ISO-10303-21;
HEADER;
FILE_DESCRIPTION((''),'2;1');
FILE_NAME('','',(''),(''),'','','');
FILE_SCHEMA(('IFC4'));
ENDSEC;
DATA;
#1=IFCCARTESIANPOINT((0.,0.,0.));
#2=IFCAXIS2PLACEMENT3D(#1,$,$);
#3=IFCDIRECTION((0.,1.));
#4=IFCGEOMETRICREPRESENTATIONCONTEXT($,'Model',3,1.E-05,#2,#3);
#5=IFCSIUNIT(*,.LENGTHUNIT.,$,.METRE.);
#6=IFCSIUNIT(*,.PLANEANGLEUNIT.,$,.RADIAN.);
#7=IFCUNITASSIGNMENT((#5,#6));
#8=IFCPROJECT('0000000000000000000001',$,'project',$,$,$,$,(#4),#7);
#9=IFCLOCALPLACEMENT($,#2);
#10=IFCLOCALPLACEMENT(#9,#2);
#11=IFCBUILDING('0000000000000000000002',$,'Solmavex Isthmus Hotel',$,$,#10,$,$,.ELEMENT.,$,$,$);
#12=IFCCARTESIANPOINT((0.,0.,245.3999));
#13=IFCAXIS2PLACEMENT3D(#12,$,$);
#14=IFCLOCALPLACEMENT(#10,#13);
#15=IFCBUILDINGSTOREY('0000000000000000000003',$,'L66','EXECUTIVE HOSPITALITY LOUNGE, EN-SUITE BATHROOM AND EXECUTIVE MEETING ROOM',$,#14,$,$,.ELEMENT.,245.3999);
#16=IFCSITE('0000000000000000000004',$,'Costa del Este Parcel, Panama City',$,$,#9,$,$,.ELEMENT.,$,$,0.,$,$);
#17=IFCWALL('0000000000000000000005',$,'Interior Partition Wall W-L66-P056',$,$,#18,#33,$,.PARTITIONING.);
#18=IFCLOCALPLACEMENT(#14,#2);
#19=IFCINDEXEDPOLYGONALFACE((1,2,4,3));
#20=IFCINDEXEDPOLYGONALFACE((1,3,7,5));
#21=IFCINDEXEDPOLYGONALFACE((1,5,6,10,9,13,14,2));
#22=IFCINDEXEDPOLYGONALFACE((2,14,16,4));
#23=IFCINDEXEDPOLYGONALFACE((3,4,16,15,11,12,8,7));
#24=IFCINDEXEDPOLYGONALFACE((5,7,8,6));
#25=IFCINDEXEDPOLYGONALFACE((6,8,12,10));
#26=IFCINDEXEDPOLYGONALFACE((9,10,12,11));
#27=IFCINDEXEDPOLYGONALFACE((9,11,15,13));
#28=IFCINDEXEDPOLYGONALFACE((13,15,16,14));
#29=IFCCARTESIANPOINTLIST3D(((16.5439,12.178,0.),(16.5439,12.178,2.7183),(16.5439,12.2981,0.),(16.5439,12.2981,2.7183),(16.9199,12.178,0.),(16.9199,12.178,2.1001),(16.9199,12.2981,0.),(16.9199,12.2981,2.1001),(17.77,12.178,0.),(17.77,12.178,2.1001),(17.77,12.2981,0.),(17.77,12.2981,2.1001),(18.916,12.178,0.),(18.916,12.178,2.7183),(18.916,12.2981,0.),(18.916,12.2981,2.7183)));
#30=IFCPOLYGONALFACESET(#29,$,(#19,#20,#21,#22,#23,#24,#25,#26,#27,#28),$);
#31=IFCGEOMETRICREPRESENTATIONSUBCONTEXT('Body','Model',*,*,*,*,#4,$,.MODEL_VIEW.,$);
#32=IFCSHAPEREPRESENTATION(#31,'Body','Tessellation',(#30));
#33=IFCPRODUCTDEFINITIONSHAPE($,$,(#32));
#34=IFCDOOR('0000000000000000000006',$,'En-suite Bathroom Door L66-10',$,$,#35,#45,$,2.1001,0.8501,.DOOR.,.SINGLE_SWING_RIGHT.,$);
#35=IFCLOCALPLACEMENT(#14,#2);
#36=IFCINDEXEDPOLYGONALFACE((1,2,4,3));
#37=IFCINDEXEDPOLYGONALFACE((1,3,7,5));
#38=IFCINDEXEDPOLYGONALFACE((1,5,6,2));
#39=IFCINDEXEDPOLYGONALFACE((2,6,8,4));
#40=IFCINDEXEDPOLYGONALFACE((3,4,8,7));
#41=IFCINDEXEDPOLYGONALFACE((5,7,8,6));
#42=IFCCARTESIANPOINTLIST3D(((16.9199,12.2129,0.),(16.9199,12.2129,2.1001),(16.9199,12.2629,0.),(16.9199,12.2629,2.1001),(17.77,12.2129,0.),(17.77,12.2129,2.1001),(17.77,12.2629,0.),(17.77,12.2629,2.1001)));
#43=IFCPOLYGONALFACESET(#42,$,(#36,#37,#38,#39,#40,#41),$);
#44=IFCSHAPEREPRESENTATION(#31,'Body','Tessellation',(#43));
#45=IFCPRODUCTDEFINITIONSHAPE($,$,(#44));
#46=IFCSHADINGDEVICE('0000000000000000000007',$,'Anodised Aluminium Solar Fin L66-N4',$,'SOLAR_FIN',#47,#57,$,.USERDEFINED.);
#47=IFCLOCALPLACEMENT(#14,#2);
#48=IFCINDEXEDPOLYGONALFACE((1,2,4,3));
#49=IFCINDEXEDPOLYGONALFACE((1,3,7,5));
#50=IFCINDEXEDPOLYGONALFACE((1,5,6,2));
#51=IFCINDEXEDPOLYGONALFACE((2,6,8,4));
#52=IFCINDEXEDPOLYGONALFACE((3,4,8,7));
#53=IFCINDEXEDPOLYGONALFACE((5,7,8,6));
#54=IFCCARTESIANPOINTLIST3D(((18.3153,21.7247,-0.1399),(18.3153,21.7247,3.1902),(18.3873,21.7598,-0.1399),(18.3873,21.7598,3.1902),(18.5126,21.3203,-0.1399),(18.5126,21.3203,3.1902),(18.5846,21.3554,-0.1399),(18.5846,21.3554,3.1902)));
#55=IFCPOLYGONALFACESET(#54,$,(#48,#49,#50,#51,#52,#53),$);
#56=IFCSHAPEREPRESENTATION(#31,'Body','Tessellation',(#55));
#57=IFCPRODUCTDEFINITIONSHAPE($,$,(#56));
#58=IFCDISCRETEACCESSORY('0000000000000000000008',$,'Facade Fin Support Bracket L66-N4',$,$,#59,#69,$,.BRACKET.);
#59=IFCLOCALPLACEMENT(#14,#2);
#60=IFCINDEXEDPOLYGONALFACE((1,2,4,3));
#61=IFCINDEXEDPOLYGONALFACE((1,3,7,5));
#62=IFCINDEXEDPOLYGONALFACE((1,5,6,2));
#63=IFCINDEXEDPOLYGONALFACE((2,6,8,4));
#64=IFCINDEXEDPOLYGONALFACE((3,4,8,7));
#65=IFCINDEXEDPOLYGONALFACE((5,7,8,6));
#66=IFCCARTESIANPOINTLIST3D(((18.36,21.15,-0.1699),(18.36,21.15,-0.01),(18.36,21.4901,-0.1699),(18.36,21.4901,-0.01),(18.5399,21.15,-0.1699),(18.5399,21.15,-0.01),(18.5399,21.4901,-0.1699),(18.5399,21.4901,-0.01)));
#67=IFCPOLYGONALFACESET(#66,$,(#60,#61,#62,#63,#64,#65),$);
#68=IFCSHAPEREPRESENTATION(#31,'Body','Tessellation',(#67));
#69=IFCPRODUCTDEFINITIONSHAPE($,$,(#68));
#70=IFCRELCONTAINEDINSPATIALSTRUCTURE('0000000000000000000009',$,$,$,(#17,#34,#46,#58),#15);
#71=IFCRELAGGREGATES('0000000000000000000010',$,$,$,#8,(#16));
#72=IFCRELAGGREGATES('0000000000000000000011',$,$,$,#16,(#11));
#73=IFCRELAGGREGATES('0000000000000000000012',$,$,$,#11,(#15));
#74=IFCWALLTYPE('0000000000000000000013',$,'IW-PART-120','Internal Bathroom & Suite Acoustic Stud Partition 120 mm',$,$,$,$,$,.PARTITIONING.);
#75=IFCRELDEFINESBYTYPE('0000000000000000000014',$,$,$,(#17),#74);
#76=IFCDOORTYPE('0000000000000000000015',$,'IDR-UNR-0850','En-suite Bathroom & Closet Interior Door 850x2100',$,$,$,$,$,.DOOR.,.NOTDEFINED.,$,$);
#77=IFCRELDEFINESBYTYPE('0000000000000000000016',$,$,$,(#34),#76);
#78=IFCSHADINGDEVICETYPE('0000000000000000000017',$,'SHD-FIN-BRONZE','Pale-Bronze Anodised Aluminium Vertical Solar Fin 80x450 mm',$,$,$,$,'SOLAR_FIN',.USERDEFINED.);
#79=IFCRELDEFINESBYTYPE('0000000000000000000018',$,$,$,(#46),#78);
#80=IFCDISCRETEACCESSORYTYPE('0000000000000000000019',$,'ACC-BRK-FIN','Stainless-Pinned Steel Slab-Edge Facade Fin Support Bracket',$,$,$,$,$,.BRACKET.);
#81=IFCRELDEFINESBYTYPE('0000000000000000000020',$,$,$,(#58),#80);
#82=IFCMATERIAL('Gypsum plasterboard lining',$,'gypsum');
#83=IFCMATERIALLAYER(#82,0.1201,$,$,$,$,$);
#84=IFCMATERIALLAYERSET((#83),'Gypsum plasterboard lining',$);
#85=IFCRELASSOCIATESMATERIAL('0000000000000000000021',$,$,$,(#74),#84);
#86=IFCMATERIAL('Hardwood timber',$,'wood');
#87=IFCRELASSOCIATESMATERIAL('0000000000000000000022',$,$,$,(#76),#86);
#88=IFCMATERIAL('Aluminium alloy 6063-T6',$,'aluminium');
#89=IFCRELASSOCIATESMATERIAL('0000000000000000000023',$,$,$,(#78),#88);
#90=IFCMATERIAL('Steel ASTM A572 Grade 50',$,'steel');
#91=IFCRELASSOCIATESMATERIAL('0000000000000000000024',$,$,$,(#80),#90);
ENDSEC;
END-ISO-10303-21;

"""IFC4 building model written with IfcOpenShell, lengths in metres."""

from ifc_helpers import new_model, si_unit, direction, frame, frame_2d, origin, origin_2d, place, context, subcontext, project, spatial, rectangle, extrude, material, layer, layer_set, type_object, element, fill, save


model = new_model("IFC4")

# Units and contexts
model_context = context("Model", 3, precision=1e-05, world=origin(), true_north=direction((0.0, 1.0)))
body_context = subcontext(model_context, "Body", "Model", "MODEL_VIEW")
ifc_project = project(units=[si_unit("LENGTHUNIT", "METRE"), si_unit("PLANEANGLEUNIT", "RADIAN")], contexts=[model_context])

# Site, building, storey
site_placement = place(None, origin())
site = spatial("IfcSite", under=ifc_project, at=site_placement, Name="Costa del Este Parcel, Panama City", CompositionType="ELEMENT", RefElevation=0.0)
building_placement = place(site_placement, origin())
building = spatial("IfcBuilding", under=site, at=building_placement, Name="Solmavex Isthmus Hotel", CompositionType="ELEMENT")
storey_placement = place(building_placement, frame((0.0, 0.0, 245.3999)))
storey = spatial("IfcBuildingStorey", under=building, at=storey_placement, Name="L66", Description="EXECUTIVE HOSPITALITY LOUNGE, EN-SUITE BATHROOM AND EXECUTIVE MEETING ROOM", CompositionType="ELEMENT", Elevation=245.3999)

# Shared definitions
ifc_material_1 = material(Name="Steel ASTM A572 Grade 50", Category="steel")

# Shared definitions
ifc_material_2 = material(Name="Aluminium alloy 6063-T6", Category="aluminium")

# Shared definitions
ifc_material_3 = material(Name="Gypsum plasterboard lining", Category="gypsum")

# Shared definitions
ifc_material_4 = material(Name="Hardwood timber", Category="wood")

# Shared definitions
ifc_layer_1 = layer(ifc_material_3, 0.1201)
ifc_layer_set_1 = layer_set([ifc_layer_1], Name="Gypsum plasterboard lining")
wall_type_1 = type_object("IfcWallType", Name="IW-PART-120", Description="Internal Bathroom & Suite Acoustic Stud Partition 120 mm", PredefinedType="PARTITIONING", material=ifc_layer_set_1)

# Wall, opening, door
wall_1_placement = place(storey_placement, frame((18.916, 12.238, 0.0), z_axis=(0.0, 0.0, 1.0), x_axis=(-1.0, 0.0, 0.0)))
wall_1 = element("IfcWall", 1, at=wall_1_placement, inside=storey, type_object=wall_type_1, Name="Interior Partition Wall W-L66-P056", PredefinedType="PARTITIONING", context=body_context, shape_type="SweptSolid", body=[
    extrude(rectangle(XDim=2.3721, YDim=0.1201, at=frame_2d((1.186, 0.0))), origin(), (0.0, 0.0, 1.0), 2.7183),
])
opening_1_placement = place(wall_1_placement, frame((1.146, 0.0, 0.0)))
opening_1 = element("IfcOpeningElement", 2, at=opening_1_placement, cuts=wall_1, PredefinedType="OPENING", context=body_context, shape_type="SweptSolid", body=[
    extrude(rectangle(XDim=0.8501, YDim=2.1001, at=frame_2d((0.425, 1.05))), frame((0.0, 0.0701, 0.0), z_axis=(0.0, -1.0, 0.0), x_axis=(1.0, 0.0, 0.0)), (0.0, 0.0, 1.0), 0.1401),
])
door_type_1 = type_object("IfcDoorType", Name="IDR-UNR-0850", Description="En-suite Bathroom & Closet Interior Door 850x2100", OperationType="NOTDEFINED", PredefinedType="DOOR", material=ifc_material_4)
door_1_placement = place(opening_1_placement, frame((0.8501, 0.0, 0.0), z_axis=(0.0, 0.0, 1.0), x_axis=(-1.0, 0.0, 0.0)))
door_1 = element("IfcDoor", 3, at=door_1_placement, inside=storey, type_object=door_type_1, Name="En-suite Bathroom Door L66-10", OperationType="SINGLE_SWING_RIGHT", OverallHeight=2.1001, OverallWidth=0.8501, PredefinedType="DOOR", context=body_context, shape_type="SweptSolid", body=[
    extrude(rectangle(XDim=0.8501, YDim=2.1001, at=frame_2d((0.425, 1.05))), frame((0.0, 0.0249, 0.0), z_axis=(0.0, -1.0, 0.0), x_axis=(1.0, 0.0, 0.0)), (0.0, 0.0, 1.0), 0.05),
])
fill(opening_1, door_1)

# Shading device
shading_device_type = type_object("IfcShadingDeviceType", Name="SHD-FIN-BRONZE", Description="Pale-Bronze Anodised Aluminium Vertical Solar Fin 80x450 mm", ElementType="SOLAR_FIN", PredefinedType="USERDEFINED", material=ifc_material_2)
shading_device_placement = place(storey_placement, frame((18.45, 21.54, -0.1399), z_axis=(0.0, 0.0, 1.0), x_axis=(-0.438371, 0.898794, 0.0)))
element("IfcShadingDevice", 4, at=shading_device_placement, inside=storey, type_object=shading_device_type, Name="Anodised Aluminium Solar Fin L66-N4", ObjectType="SOLAR_FIN", PredefinedType="USERDEFINED", context=body_context, shape_type="SweptSolid", body=[
    extrude(rectangle(XDim=0.45, YDim=0.0801, at=origin_2d()), origin(), (0.0, 0.0, 1.0), 3.3301),
])

# Discrete accessory
discrete_accessory_type = type_object("IfcDiscreteAccessoryType", Name="ACC-BRK-FIN", Description="Stainless-Pinned Steel Slab-Edge Facade Fin Support Bracket", PredefinedType="BRACKET", material=ifc_material_1)
discrete_accessory_placement = place(storey_placement, frame((18.45, 21.3201, -0.1699), z_axis=(0.0, 0.0, 1.0), x_axis=(0.0, 1.0, 0.0)))
element("IfcDiscreteAccessory", 5, at=discrete_accessory_placement, inside=storey, type_object=discrete_accessory_type, Name="Facade Fin Support Bracket L66-N4", PredefinedType="BRACKET", context=body_context, shape_type="SweptSolid", body=[
    extrude(rectangle(XDim=0.3401, YDim=0.1799, at=origin_2d()), origin(), (0.0, 0.0, 1.0), 0.1599),
])

save(model, "model.ifc")
